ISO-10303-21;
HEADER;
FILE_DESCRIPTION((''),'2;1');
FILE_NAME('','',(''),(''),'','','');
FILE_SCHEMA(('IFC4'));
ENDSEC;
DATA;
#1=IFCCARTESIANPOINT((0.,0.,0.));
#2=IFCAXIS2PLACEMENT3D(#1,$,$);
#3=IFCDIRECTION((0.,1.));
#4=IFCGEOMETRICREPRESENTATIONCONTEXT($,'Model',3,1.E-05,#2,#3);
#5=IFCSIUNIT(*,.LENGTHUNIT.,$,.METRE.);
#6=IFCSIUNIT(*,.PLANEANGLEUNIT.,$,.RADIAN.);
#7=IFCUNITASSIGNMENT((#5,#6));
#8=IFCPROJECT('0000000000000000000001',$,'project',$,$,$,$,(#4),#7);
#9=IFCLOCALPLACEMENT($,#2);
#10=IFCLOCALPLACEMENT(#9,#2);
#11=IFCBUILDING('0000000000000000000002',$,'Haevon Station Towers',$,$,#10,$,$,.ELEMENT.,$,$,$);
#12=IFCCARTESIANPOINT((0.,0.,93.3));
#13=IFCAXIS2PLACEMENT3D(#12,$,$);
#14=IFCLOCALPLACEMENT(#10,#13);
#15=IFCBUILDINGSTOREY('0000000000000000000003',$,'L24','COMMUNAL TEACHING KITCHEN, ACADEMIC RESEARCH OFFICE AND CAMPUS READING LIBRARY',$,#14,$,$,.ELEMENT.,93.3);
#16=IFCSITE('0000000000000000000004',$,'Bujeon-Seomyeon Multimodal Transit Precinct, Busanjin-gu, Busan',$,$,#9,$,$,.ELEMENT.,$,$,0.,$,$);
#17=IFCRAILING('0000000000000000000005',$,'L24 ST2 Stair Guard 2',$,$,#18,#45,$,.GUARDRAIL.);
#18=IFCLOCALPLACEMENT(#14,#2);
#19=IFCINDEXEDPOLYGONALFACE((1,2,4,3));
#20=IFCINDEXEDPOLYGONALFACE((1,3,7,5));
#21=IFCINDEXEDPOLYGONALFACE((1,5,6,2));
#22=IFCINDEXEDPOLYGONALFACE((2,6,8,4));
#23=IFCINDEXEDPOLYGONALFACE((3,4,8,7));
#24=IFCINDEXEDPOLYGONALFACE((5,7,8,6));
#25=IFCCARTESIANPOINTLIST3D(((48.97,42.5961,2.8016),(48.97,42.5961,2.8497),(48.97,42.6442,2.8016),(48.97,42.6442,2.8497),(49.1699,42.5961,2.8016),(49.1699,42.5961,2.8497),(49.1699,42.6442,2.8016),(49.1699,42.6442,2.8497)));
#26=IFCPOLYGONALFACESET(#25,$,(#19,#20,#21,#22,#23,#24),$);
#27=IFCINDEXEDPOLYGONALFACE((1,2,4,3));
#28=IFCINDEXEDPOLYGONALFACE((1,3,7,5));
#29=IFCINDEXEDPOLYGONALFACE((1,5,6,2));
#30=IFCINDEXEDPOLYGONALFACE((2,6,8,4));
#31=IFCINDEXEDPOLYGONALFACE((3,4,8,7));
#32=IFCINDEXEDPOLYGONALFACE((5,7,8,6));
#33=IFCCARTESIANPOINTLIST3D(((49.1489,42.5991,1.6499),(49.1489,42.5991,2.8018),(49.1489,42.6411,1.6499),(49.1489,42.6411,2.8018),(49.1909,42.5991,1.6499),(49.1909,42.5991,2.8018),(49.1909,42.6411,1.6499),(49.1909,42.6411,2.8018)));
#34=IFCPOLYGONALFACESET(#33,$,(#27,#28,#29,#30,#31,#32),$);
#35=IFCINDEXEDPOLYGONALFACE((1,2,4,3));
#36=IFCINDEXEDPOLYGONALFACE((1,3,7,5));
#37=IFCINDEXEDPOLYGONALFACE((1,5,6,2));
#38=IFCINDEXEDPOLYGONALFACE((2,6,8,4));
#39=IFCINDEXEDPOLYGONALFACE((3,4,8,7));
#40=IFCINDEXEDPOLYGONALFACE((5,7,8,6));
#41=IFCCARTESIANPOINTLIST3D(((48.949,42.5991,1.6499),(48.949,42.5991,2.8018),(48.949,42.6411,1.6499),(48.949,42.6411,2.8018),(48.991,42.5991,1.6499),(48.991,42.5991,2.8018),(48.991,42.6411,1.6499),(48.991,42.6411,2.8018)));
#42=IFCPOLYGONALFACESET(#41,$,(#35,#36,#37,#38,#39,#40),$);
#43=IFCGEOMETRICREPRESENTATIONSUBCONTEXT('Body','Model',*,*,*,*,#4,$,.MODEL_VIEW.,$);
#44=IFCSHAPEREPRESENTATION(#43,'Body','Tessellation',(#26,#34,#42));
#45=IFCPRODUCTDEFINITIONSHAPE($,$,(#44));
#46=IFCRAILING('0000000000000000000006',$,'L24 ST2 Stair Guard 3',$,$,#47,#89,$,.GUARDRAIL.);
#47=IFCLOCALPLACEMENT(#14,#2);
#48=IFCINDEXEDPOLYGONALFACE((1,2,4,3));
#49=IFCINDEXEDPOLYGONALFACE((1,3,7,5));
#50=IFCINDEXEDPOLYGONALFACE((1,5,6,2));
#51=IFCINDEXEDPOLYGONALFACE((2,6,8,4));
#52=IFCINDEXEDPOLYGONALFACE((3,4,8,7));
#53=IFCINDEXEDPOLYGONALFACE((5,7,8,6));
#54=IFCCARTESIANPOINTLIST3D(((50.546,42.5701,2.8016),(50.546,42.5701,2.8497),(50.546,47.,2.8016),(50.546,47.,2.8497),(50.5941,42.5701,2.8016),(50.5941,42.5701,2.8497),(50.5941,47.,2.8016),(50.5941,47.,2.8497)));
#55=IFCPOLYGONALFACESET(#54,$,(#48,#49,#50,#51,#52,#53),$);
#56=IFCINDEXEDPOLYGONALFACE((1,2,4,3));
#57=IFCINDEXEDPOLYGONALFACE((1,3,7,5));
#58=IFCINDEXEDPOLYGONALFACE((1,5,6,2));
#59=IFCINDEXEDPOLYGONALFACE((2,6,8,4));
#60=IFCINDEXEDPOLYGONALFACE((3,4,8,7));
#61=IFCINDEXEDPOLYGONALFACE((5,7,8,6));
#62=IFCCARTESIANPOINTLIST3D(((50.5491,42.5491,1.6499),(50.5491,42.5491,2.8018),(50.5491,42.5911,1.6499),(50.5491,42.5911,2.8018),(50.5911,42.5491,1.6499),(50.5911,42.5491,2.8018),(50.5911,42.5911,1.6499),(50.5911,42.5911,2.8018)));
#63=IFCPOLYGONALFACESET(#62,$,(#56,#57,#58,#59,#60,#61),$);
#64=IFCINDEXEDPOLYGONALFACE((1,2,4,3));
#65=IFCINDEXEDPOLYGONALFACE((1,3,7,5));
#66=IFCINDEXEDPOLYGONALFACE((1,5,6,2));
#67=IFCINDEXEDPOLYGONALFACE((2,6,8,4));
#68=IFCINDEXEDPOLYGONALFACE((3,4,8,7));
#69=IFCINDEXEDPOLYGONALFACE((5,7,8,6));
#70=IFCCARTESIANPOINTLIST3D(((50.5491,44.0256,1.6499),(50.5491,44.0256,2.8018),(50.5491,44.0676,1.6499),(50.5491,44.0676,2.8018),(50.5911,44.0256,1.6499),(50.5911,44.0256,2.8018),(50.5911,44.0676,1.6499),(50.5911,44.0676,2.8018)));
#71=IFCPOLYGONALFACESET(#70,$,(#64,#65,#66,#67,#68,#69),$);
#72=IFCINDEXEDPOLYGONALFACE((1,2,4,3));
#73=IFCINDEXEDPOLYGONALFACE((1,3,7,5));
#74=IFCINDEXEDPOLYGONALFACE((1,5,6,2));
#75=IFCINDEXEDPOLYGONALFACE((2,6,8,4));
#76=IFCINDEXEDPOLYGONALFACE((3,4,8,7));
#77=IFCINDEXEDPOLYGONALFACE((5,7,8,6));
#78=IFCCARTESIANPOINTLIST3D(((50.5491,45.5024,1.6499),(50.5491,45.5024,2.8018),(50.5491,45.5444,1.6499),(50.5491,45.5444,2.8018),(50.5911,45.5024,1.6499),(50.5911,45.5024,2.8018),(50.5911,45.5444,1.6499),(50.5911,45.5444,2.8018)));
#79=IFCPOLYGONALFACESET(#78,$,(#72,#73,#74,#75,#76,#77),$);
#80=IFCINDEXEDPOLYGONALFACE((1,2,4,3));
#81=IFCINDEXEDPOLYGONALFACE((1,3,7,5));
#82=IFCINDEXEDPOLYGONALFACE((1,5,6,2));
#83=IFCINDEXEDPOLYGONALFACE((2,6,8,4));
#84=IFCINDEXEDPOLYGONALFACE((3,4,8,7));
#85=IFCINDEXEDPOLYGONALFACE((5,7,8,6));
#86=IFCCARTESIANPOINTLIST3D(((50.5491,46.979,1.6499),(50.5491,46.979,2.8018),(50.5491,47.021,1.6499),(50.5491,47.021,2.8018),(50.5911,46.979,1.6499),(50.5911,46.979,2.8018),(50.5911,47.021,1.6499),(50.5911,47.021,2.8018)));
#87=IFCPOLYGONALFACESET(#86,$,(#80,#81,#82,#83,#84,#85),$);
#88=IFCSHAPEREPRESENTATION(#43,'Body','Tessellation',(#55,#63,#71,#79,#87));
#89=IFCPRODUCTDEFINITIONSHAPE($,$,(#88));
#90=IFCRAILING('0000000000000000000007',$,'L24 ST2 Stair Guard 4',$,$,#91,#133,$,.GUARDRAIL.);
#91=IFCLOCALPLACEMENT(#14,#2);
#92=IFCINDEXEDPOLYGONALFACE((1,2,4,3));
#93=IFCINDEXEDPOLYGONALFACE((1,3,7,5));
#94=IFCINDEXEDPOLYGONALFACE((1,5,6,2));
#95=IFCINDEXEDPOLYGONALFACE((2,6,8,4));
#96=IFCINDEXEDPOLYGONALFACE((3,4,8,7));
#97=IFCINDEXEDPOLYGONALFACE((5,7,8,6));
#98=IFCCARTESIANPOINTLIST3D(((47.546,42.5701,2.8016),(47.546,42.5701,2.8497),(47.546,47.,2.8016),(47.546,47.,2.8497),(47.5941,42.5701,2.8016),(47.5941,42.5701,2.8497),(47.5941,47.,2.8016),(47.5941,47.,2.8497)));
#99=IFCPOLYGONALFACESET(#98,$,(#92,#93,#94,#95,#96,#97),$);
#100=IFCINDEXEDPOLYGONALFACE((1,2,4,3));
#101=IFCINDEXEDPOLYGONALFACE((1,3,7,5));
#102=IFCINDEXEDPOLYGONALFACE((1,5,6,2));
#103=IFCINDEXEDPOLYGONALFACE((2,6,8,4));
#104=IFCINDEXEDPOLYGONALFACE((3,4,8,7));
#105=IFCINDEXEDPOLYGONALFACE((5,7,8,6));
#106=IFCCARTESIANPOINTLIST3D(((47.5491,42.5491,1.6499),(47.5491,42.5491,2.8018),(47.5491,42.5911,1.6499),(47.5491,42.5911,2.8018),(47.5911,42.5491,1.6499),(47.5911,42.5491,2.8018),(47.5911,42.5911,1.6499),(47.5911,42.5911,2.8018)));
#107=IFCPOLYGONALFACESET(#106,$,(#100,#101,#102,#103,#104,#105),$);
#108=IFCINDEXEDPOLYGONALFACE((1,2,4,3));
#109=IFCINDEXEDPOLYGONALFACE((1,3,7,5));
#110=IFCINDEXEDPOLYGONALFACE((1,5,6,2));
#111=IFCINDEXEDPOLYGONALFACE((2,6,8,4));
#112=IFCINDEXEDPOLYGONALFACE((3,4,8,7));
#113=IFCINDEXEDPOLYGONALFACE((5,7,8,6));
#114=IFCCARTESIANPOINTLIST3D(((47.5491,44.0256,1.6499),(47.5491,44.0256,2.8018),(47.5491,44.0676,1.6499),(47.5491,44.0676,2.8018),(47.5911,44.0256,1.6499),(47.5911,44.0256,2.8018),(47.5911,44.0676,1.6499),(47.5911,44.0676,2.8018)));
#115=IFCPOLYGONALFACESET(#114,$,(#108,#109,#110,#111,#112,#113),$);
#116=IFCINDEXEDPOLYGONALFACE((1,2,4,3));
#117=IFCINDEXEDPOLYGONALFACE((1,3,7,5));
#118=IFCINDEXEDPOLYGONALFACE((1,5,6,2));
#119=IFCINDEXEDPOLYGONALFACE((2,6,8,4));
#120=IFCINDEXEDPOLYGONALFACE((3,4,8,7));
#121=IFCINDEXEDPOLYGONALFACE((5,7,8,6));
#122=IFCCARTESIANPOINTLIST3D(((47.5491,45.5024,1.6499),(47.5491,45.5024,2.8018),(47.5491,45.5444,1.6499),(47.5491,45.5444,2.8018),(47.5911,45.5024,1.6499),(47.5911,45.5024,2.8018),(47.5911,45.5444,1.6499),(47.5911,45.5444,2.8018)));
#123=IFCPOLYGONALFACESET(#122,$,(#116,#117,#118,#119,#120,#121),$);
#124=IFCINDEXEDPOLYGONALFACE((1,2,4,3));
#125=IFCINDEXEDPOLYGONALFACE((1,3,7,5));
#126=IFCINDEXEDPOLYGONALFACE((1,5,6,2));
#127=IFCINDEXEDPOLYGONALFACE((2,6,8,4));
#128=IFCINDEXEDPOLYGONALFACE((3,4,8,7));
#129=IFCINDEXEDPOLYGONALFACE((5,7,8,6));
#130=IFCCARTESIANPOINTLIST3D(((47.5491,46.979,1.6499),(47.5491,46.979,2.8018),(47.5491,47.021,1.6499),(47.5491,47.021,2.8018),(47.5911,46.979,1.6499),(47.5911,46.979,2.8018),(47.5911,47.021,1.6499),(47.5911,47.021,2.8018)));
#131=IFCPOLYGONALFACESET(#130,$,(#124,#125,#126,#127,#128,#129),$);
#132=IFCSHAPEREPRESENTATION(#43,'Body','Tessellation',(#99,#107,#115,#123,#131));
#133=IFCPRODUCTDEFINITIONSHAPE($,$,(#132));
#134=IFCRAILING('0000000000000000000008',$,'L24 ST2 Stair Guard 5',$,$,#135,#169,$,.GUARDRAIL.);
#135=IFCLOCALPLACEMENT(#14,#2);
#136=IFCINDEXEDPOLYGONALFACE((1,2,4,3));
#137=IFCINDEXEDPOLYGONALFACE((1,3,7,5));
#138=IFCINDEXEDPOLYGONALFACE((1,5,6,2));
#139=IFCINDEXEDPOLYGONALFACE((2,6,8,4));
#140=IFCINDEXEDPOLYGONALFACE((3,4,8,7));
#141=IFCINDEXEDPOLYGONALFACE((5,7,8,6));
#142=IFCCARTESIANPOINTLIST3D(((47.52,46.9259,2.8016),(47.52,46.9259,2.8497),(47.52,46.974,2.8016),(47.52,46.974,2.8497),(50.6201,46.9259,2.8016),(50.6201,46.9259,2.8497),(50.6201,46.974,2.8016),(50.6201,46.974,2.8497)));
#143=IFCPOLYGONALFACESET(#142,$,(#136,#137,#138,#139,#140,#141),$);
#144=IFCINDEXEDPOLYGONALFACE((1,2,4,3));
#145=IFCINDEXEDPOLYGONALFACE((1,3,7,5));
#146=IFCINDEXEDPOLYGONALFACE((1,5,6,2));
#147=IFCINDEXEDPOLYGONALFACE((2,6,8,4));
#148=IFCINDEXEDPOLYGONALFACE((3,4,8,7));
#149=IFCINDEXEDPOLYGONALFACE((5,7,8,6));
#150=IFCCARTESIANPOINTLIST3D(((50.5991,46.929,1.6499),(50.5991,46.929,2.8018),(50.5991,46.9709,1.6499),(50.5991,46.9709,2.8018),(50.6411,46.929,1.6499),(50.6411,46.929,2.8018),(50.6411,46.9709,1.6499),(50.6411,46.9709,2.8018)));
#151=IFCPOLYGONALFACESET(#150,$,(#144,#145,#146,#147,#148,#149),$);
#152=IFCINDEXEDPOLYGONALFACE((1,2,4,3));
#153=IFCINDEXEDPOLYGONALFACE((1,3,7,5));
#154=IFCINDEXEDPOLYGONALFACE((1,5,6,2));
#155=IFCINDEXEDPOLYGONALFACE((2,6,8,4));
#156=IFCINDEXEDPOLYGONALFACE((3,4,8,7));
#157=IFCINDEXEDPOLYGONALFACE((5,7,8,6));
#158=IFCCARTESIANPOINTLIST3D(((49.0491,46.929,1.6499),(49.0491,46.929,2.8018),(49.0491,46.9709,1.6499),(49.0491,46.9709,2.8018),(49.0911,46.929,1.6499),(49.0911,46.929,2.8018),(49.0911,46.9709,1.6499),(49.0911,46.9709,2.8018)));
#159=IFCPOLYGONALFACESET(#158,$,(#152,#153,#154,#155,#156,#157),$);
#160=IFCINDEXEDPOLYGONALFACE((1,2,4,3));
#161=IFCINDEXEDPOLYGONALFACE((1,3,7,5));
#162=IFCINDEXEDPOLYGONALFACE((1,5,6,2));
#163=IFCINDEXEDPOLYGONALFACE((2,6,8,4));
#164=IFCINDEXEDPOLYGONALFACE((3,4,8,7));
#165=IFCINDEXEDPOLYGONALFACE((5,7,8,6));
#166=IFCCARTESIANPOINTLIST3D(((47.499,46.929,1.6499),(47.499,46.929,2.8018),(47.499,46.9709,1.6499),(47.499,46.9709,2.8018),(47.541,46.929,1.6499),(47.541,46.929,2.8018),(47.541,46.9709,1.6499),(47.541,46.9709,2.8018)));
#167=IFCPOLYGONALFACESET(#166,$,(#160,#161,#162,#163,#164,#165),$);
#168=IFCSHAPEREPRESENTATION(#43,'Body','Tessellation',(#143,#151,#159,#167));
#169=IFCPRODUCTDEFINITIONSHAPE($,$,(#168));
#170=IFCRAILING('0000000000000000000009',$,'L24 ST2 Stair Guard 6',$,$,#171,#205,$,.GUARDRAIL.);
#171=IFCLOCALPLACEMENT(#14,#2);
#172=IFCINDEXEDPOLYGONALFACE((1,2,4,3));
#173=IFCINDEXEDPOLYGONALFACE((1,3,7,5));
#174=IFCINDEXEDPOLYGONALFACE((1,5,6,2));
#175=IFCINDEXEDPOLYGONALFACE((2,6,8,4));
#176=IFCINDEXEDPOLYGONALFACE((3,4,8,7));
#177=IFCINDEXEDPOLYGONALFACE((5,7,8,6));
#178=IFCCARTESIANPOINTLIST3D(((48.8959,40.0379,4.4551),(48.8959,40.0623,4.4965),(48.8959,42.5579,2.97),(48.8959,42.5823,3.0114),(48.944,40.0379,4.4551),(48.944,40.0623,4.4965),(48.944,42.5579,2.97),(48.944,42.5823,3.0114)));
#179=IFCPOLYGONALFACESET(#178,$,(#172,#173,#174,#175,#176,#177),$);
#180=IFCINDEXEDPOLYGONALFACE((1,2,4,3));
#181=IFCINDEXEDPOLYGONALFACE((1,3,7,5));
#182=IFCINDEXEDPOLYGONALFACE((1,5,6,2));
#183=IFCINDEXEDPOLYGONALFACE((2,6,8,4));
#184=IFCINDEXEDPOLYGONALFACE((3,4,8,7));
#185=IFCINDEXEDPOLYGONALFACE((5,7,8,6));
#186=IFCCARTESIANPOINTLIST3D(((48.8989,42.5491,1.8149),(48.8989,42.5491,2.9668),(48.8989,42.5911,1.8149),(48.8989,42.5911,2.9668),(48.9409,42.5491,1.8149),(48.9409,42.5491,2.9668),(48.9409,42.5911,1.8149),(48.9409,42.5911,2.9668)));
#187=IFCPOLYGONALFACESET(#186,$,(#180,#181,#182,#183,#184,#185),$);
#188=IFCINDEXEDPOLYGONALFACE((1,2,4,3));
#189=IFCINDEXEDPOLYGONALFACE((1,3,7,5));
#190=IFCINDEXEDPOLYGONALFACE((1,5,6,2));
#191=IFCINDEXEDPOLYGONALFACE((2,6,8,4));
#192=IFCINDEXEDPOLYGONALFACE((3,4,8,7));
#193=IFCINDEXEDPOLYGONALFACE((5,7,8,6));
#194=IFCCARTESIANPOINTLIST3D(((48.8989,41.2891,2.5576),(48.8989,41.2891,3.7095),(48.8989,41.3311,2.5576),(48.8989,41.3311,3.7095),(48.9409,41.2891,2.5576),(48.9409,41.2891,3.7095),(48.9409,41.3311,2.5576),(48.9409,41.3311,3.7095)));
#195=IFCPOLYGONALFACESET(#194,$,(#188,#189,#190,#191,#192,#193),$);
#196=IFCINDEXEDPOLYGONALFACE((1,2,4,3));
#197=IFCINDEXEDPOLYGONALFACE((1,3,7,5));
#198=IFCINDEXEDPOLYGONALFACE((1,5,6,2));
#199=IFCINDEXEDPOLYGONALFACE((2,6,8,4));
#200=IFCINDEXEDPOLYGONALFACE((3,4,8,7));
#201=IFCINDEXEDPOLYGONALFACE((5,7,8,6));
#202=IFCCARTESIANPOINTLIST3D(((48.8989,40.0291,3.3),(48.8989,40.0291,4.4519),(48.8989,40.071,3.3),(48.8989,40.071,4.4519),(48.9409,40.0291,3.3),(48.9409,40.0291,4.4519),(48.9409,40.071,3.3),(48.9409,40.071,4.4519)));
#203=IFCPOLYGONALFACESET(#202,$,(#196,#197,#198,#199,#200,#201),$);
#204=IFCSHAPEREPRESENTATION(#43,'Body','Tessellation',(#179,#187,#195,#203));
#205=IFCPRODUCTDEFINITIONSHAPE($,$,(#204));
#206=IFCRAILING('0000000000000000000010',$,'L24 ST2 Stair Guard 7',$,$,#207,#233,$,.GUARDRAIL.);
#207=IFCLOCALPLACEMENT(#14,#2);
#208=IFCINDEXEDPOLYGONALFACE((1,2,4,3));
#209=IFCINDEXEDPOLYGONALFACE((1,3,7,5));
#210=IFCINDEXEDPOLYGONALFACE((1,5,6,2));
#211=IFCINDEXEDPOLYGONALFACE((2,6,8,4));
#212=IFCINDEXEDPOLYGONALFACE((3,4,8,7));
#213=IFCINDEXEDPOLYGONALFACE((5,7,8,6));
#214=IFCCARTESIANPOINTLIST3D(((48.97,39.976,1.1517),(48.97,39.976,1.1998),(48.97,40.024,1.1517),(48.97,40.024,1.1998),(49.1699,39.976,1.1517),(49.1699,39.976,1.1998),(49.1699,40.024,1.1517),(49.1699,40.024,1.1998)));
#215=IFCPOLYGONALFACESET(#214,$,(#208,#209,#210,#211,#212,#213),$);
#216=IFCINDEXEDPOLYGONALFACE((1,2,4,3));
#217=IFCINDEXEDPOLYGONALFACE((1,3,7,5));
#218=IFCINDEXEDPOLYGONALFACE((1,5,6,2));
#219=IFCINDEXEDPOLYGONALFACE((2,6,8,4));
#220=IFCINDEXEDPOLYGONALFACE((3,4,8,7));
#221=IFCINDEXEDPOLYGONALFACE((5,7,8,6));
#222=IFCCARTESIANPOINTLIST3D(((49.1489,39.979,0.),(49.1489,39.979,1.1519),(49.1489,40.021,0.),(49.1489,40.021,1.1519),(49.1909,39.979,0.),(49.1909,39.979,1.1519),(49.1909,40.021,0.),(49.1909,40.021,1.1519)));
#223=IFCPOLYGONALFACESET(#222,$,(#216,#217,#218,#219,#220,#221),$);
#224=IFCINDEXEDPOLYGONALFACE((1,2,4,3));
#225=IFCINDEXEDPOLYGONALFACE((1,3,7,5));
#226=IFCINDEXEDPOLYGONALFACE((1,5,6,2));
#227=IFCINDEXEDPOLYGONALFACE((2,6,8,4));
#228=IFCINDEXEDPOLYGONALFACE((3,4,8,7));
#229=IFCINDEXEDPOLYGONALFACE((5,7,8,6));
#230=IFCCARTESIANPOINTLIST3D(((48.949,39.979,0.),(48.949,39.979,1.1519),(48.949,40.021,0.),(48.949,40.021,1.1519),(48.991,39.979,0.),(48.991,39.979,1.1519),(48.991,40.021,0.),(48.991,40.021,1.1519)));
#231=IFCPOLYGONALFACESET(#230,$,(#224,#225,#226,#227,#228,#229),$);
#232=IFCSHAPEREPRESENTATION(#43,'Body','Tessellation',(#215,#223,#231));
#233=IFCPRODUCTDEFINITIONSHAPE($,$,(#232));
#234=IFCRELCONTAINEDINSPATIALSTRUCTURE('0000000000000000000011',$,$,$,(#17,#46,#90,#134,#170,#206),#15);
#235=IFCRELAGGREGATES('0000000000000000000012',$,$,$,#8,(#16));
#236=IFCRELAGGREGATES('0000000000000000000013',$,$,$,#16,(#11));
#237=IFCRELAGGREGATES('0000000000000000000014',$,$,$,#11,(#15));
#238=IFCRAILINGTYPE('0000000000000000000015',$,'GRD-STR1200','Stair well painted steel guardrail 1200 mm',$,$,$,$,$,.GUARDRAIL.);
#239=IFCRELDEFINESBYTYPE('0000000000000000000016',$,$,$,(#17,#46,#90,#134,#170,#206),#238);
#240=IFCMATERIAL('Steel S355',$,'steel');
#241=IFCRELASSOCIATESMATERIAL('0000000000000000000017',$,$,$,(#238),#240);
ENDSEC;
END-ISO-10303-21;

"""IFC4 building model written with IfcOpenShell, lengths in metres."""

from ifc_helpers import new_model, si_unit, direction, frame, origin, origin_2d, place, context, subcontext, project, spatial, rectangle, extrude, material, type_object, element, save


model = new_model("IFC4")

# Units and contexts
model_context = context("Model", 3, precision=1e-05, world=origin(), true_north=direction((0.0, 1.0)))
body_context = subcontext(model_context, "Body", "Model", "MODEL_VIEW")
ifc_project = project(units=[si_unit("LENGTHUNIT", "METRE"), si_unit("PLANEANGLEUNIT", "RADIAN")], contexts=[model_context])

# Site, building, storey
site_placement = place(None, origin())
site = spatial("IfcSite", under=ifc_project, at=site_placement, Name="Bujeon-Seomyeon Multimodal Transit Precinct, Busanjin-gu, Busan", CompositionType="ELEMENT", RefElevation=0.0)
building_placement = place(site_placement, origin())
building = spatial("IfcBuilding", under=site, at=building_placement, Name="Haevon Station Towers", CompositionType="ELEMENT")
storey_placement = place(building_placement, frame((0.0, 0.0, 93.3)))
storey = spatial("IfcBuildingStorey", under=building, at=storey_placement, Name="L24", Description="COMMUNAL TEACHING KITCHEN, ACADEMIC RESEARCH OFFICE AND CAMPUS READING LIBRARY", CompositionType="ELEMENT", Elevation=93.3)

# Shared definitions
ifc_material_1 = material(Name="Steel S355", Category="steel")

# Railings
railing_type_1 = type_object("IfcRailingType", Name="GRD-STR1200", Description="Stair well painted steel guardrail 1200 mm", PredefinedType="GUARDRAIL", material=ifc_material_1)
railing_1_placement = place(storey_placement, frame((49.1699, 42.6201, 1.6499)))
element("IfcRailing", 1, at=railing_1_placement, inside=storey, type_object=railing_type_1, Name="L24 ST2 Stair Guard 2", PredefinedType="GUARDRAIL", context=body_context, shape_type="SweptSolid", body=[
    extrude(rectangle(XDim=0.0481, YDim=0.0481, at=origin_2d()), frame((0.0, 0.0, 1.1758), z_axis=(-1.0, 0.0, 0.0), x_axis=(0.0, -1.0, 0.0)), (0.0, 0.0, 1.0), 0.2),
    extrude(rectangle(XDim=0.042, YDim=0.042, at=origin_2d()), origin(), (0.0, 0.0, 1.0), 1.1519),
    extrude(rectangle(XDim=0.042, YDim=0.042, at=origin_2d()), frame((-0.2, 0.0, 0.0)), (0.0, 0.0, 1.0), 1.1519),
])
for number, where, name in (
    (2, (50.5701, 42.5701, 1.6499), "L24 ST2 Stair Guard 3"),
    (3, (47.5701, 42.5701, 1.6499), "L24 ST2 Stair Guard 4"),
):
    element("IfcRailing", number, at=place(storey_placement, frame(where)), inside=storey, type_object=railing_type_1, Name=name, PredefinedType="GUARDRAIL", context=body_context, shape_type="SweptSolid", body=[
        extrude(rectangle(XDim=0.0481, YDim=0.0481, at=origin_2d()), frame((0.0, 0.0, 1.1758), z_axis=(0.0, 1.0, 0.0), x_axis=(-1.0, 0.0, 0.0)), (0.0, 0.0, 1.0), 4.4299),
        extrude(rectangle(XDim=0.042, YDim=0.042, at=origin_2d()), origin(), (0.0, 0.0, 1.0), 1.1519),
        extrude(rectangle(XDim=0.042, YDim=0.042, at=origin_2d()), frame((0.0, 1.4766, 0.0)), (0.0, 0.0, 1.0), 1.1519),
        extrude(rectangle(XDim=0.042, YDim=0.042, at=origin_2d()), frame((0.0, 2.9534, 0.0)), (0.0, 0.0, 1.0), 1.1519),
        extrude(rectangle(XDim=0.042, YDim=0.042, at=origin_2d()), frame((0.0, 4.4299, 0.0)), (0.0, 0.0, 1.0), 1.1519),
    ])
railing_2_placement = place(storey_placement, frame((50.6201, 46.95, 1.6499)))
element("IfcRailing", 4, at=railing_2_placement, inside=storey, type_object=railing_type_1, Name="L24 ST2 Stair Guard 5", PredefinedType="GUARDRAIL", context=body_context, shape_type="SweptSolid", body=[
    extrude(rectangle(XDim=0.0481, YDim=0.0481, at=origin_2d()), frame((0.0, 0.0, 1.1758), z_axis=(-1.0, 0.0, 0.0), x_axis=(0.0, -1.0, 0.0)), (0.0, 0.0, 1.0), 3.1001),
    extrude(rectangle(XDim=0.042, YDim=0.042, at=origin_2d()), origin(), (0.0, 0.0, 1.0), 1.1519),
    extrude(rectangle(XDim=0.042, YDim=0.042, at=origin_2d()), frame((-1.55, 0.0, 0.0)), (0.0, 0.0, 1.0), 1.1519),
    extrude(rectangle(XDim=0.042, YDim=0.042, at=origin_2d()), frame((-3.1001, 0.0, 0.0)), (0.0, 0.0, 1.0), 1.1519),
])
railing_3_placement = place(storey_placement, frame((48.9199, 42.5701, 1.8149)))
element("IfcRailing", 5, at=railing_3_placement, inside=storey, type_object=railing_type_1, Name="L24 ST2 Stair Guard 6", PredefinedType="GUARDRAIL", context=body_context, shape_type="SweptSolid", body=[
    extrude(rectangle(XDim=0.0481, YDim=0.0481, at=origin_2d()), frame((0.0, 0.0, 1.1758), z_axis=(0.0, -0.861524, 0.507717), x_axis=(1.0, 0.0, 0.0)), (0.0, 0.0, 1.0), 2.925),
    extrude(rectangle(XDim=0.042, YDim=0.042, at=origin_2d()), origin(), (0.0, 0.0, 1.0), 1.1519),
    extrude(rectangle(XDim=0.042, YDim=0.042, at=origin_2d()), frame((0.0, -1.26, 0.7427)), (0.0, 0.0, 1.0), 1.1519),
    extrude(rectangle(XDim=0.042, YDim=0.042, at=origin_2d()), frame((0.0, -2.52, 1.4851)), (0.0, 0.0, 1.0), 1.1519),
])
railing_4_placement = place(storey_placement, frame((49.1699, 40.0, 0.0)))
element("IfcRailing", 6, at=railing_4_placement, inside=storey, type_object=railing_type_1, Name="L24 ST2 Stair Guard 7", PredefinedType="GUARDRAIL", context=body_context, shape_type="SweptSolid", body=[
    extrude(rectangle(XDim=0.0481, YDim=0.0481, at=origin_2d()), frame((0.0, 0.0, 1.1758), z_axis=(-1.0, 0.0, 0.0), x_axis=(0.0, -1.0, 0.0)), (0.0, 0.0, 1.0), 0.2),
    extrude(rectangle(XDim=0.042, YDim=0.042, at=origin_2d()), origin(), (0.0, 0.0, 1.0), 1.1519),
    extrude(rectangle(XDim=0.042, YDim=0.042, at=origin_2d()), frame((-0.2, 0.0, 0.0)), (0.0, 0.0, 1.0), 1.1519),
])

save(model, "model.ifc")
